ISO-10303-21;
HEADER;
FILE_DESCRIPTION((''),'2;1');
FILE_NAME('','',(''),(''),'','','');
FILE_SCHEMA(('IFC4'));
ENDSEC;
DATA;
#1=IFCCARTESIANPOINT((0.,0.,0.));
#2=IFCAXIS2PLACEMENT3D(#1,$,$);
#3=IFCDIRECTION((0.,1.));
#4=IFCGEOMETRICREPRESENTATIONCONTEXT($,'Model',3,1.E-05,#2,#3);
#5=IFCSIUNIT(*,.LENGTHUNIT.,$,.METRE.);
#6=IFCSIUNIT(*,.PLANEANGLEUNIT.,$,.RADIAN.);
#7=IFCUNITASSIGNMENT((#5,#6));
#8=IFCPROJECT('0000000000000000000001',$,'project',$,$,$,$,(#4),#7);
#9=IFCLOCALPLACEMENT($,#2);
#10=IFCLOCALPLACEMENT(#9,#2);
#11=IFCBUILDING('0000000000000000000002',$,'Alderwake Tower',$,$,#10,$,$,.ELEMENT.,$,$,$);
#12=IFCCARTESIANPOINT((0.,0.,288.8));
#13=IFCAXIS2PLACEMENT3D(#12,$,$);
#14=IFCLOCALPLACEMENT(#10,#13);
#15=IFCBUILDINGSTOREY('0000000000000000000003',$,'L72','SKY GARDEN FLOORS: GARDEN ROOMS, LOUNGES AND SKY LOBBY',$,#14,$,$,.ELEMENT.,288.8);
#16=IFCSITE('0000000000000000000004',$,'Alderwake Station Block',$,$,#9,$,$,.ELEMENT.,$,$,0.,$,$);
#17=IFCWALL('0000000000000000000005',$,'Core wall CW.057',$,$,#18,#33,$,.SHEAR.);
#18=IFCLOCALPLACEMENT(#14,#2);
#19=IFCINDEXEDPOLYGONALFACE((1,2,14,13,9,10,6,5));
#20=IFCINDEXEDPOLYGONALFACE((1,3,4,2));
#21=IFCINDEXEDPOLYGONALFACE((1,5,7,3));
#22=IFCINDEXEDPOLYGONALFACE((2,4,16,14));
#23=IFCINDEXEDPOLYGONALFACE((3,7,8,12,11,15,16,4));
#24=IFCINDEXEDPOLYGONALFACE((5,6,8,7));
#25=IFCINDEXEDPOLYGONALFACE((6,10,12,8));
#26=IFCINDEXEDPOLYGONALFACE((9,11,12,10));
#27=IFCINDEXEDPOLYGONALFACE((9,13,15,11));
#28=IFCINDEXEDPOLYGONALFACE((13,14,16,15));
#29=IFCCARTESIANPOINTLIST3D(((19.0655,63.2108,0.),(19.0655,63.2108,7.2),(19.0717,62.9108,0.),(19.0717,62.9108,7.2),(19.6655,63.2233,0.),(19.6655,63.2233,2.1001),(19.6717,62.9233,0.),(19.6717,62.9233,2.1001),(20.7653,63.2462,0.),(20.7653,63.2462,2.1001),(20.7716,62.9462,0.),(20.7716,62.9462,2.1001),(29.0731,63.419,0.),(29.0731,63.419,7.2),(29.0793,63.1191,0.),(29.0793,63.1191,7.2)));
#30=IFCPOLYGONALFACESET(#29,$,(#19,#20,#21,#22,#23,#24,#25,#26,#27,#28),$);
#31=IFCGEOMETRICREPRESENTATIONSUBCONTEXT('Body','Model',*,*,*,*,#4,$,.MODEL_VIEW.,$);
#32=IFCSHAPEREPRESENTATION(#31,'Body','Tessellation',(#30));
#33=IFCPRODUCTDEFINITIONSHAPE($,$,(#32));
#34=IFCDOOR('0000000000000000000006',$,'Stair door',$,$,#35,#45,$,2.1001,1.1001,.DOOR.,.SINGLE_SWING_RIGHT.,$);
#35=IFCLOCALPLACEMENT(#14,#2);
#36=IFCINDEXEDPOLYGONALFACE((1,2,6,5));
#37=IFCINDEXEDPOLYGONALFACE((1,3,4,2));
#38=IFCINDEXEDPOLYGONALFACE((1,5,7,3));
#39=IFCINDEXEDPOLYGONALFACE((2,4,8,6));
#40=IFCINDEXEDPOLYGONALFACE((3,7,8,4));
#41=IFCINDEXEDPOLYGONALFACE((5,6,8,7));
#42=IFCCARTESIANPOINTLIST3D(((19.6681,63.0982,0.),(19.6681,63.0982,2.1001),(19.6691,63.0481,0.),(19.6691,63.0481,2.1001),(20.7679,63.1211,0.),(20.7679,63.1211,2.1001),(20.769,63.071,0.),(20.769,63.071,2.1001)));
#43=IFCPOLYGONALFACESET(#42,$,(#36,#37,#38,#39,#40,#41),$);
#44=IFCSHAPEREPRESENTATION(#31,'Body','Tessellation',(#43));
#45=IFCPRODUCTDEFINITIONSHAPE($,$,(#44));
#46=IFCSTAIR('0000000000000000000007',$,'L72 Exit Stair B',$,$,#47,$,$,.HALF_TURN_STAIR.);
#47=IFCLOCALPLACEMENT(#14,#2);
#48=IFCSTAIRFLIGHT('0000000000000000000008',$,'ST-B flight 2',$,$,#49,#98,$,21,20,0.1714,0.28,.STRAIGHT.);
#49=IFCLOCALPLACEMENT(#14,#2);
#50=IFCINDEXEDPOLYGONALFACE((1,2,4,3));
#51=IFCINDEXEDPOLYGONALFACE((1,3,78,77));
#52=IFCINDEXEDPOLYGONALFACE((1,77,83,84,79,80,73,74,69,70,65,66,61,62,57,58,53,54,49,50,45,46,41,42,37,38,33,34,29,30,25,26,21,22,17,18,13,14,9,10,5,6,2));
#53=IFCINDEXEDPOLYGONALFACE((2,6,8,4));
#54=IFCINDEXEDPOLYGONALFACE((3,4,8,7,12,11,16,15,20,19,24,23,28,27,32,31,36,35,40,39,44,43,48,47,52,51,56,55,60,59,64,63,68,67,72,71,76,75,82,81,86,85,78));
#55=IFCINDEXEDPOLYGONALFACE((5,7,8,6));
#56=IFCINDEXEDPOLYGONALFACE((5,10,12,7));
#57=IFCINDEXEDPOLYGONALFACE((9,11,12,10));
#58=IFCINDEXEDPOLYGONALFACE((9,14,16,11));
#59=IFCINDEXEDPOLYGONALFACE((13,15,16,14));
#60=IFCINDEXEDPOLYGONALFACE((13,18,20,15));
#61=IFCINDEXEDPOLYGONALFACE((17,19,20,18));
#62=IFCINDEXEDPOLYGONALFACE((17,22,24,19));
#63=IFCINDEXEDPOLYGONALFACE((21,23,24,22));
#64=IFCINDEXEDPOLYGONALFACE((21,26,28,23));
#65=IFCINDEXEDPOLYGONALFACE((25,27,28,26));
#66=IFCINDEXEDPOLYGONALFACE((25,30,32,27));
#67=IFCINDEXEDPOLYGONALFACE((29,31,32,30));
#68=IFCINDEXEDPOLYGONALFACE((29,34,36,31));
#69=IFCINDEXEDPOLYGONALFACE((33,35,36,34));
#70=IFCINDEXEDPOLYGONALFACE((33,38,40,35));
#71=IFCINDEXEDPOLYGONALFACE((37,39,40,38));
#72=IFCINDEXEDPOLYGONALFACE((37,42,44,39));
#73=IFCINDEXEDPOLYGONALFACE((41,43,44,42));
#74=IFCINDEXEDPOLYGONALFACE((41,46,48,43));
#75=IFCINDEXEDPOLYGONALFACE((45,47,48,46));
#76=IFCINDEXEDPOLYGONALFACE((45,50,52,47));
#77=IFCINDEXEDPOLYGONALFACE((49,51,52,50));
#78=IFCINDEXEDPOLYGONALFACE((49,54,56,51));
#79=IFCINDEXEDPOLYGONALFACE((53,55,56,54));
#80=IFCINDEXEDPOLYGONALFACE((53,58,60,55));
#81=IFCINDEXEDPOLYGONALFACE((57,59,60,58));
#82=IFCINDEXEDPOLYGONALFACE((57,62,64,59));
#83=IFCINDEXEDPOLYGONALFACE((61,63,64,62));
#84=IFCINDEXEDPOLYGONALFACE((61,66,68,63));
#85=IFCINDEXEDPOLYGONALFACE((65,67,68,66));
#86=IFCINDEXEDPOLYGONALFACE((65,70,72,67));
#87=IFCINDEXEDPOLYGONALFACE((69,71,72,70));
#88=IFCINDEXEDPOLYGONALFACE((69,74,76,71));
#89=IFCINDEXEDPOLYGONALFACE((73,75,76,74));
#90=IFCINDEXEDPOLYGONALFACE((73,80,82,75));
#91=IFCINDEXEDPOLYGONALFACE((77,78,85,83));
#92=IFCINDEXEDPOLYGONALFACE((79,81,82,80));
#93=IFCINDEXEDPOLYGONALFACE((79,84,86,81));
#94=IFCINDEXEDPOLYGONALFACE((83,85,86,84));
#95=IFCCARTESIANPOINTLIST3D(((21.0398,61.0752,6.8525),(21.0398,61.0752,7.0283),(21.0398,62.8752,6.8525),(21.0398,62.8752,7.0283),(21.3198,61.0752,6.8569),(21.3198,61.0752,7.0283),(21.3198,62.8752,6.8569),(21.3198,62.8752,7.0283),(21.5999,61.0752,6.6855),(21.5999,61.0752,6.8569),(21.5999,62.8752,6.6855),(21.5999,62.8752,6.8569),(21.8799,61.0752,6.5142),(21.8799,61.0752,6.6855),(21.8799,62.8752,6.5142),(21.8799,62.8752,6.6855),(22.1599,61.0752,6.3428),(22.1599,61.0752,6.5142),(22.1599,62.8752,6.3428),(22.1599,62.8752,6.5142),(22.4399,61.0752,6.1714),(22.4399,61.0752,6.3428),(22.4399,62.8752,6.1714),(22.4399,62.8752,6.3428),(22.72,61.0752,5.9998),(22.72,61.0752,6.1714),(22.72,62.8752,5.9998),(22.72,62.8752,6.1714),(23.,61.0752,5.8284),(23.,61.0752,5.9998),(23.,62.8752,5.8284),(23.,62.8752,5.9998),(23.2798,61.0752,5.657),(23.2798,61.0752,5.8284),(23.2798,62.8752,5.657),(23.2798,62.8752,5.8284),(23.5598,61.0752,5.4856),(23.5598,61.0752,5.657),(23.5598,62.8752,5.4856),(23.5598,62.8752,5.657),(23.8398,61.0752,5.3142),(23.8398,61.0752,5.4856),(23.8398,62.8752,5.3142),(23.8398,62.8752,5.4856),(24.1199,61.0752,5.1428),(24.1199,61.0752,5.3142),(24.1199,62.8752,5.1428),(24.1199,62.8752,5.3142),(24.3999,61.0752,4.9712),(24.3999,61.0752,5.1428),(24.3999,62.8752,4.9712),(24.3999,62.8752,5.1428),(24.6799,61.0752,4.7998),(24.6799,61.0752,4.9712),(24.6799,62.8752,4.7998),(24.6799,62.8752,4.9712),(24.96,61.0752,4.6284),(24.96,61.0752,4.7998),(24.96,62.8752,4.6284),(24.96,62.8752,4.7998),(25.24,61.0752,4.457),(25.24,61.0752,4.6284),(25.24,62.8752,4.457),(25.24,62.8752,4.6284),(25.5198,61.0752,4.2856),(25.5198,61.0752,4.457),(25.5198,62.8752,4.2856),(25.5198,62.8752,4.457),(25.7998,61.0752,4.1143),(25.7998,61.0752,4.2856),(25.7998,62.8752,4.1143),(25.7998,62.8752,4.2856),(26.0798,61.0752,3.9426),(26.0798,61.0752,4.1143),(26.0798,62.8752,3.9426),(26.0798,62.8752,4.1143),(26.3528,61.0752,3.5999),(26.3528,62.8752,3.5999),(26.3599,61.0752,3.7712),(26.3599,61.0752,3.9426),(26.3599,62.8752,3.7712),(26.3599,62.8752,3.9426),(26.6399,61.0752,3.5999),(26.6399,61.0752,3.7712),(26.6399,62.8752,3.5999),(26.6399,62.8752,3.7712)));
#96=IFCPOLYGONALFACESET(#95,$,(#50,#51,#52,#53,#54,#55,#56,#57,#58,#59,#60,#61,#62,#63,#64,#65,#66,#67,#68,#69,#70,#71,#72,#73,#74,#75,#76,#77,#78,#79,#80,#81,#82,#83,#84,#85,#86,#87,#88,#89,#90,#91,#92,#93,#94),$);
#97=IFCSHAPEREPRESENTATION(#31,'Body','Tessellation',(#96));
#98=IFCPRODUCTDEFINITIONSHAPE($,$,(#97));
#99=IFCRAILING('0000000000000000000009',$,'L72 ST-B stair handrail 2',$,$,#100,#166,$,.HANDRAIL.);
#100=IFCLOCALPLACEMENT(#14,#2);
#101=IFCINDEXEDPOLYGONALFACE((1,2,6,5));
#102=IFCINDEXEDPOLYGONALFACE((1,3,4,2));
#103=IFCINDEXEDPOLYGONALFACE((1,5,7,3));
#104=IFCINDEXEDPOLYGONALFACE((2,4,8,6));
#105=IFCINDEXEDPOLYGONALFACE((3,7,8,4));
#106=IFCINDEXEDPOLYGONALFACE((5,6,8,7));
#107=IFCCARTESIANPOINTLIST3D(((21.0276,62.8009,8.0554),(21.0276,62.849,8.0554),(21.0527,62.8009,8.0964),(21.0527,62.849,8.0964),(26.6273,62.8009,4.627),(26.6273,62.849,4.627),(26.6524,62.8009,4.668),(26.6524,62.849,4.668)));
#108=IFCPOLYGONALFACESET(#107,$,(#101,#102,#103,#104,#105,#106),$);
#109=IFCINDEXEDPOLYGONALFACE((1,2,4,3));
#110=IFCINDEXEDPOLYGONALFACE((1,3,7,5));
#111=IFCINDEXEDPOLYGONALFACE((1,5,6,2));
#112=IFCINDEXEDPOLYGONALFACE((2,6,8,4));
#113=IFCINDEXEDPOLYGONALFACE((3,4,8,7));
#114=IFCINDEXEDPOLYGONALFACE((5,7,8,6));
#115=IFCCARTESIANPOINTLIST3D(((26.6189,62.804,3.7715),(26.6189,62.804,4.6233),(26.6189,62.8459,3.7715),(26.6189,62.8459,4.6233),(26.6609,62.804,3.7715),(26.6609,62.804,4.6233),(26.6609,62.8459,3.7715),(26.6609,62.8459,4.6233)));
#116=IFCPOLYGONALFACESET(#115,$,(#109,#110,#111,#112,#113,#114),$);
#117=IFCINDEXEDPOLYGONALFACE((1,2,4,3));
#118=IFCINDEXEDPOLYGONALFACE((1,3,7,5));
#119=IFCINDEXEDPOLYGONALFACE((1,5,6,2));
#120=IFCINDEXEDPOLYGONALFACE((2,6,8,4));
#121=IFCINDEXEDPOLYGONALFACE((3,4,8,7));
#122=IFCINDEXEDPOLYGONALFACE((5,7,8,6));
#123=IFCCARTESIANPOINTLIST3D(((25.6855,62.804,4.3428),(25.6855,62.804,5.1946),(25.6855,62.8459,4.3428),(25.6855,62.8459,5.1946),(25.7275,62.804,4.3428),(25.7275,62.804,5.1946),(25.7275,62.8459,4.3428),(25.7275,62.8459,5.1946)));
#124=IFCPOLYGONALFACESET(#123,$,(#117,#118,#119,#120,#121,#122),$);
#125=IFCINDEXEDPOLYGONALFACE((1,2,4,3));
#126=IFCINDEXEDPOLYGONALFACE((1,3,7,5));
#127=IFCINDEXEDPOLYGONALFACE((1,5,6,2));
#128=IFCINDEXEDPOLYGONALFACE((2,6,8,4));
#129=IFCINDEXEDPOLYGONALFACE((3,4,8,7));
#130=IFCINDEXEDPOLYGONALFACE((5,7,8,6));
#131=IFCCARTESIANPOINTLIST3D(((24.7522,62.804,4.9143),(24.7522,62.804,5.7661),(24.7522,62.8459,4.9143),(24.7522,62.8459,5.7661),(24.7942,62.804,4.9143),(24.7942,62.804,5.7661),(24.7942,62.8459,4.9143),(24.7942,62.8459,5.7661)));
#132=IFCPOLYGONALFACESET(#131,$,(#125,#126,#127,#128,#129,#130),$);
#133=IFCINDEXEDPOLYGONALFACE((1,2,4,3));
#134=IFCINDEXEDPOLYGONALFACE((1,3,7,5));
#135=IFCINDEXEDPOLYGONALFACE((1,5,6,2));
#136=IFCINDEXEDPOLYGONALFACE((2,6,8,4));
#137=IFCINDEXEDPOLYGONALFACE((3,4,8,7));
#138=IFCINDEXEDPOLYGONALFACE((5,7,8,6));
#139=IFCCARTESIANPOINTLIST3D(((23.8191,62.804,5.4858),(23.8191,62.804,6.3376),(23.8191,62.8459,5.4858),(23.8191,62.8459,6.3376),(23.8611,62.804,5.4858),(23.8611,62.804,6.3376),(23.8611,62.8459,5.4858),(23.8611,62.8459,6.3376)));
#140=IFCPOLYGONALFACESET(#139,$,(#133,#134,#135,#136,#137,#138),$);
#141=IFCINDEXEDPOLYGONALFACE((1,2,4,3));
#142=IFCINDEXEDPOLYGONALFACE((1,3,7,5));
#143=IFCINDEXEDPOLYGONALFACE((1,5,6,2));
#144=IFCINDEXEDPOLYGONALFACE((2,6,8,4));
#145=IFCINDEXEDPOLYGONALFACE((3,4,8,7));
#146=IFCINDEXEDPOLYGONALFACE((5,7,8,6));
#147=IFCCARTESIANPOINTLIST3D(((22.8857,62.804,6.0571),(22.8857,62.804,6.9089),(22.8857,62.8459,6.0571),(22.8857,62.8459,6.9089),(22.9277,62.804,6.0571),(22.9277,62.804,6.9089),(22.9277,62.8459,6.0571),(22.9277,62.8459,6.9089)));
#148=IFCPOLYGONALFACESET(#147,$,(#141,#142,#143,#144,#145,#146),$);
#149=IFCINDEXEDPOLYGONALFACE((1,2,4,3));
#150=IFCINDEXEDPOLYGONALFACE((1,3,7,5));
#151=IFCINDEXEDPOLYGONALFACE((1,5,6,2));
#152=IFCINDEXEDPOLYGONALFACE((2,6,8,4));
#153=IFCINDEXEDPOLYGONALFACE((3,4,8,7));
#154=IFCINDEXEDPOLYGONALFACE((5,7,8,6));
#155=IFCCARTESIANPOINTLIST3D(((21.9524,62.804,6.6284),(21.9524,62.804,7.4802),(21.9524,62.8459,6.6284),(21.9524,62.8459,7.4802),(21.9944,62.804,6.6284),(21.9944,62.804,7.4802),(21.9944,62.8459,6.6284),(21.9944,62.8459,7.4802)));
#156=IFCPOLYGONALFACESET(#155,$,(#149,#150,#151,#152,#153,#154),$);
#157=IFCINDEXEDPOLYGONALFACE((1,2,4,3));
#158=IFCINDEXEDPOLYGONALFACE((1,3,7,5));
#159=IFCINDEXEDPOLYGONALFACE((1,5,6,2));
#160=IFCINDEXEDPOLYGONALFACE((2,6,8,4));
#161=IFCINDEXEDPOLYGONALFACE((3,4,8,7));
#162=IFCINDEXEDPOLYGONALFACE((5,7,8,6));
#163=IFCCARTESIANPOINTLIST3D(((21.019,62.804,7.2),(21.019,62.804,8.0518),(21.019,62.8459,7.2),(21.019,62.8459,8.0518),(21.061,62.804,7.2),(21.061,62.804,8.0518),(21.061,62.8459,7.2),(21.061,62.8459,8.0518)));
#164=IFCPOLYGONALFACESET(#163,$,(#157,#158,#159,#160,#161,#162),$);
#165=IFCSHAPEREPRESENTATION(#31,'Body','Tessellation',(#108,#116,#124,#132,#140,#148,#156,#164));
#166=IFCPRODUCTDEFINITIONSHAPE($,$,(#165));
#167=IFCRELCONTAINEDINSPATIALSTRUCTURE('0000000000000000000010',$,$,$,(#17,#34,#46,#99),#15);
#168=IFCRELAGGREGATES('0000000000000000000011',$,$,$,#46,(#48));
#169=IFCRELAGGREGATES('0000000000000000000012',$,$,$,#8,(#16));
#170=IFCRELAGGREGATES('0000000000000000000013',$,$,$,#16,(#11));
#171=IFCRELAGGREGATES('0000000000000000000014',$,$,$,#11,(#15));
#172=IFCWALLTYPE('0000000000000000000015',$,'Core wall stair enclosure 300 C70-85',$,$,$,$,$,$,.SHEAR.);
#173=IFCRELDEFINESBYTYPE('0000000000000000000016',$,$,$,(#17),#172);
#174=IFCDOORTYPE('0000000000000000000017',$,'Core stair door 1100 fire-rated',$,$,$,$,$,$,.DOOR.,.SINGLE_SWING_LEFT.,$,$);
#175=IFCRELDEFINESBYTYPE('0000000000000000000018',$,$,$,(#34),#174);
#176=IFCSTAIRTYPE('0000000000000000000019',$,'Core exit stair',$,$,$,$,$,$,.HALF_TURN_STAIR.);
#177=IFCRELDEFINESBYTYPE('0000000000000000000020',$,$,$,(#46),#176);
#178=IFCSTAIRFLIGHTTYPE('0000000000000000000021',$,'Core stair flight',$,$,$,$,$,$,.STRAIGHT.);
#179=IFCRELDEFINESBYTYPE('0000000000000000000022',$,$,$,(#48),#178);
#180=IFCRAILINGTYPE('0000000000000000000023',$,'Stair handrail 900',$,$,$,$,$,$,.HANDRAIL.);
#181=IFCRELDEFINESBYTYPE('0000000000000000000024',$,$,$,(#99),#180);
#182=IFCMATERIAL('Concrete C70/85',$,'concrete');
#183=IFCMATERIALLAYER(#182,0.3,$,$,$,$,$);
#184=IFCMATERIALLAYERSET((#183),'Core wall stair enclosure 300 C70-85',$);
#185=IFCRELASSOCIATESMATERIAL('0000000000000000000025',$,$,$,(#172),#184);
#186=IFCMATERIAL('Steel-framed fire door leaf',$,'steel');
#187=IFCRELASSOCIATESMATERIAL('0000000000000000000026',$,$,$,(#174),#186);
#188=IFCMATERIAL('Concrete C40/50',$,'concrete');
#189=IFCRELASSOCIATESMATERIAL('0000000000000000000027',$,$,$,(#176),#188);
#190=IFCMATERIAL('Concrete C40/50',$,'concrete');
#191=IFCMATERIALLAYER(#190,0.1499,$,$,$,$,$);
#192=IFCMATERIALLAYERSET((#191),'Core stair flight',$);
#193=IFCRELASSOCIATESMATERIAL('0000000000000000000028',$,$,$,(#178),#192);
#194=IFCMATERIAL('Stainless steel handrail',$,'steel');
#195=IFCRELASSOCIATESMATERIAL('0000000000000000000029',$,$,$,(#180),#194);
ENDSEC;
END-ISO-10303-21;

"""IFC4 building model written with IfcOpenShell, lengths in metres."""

from ifc_helpers import new_model, si_unit, direction, frame, frame_2d, origin, origin_2d, place, context, subcontext, project, spatial, polyline, rectangle, outline, extrude, material, layer, layer_set, type_object, element, fill, aggregate, save


model = new_model("IFC4")

# Units and contexts
model_context = context("Model", 3, precision=1e-05, world=origin(), true_north=direction((0.0, 1.0)))
body_context = subcontext(model_context, "Body", "Model", "MODEL_VIEW")
ifc_project = project(units=[si_unit("LENGTHUNIT", "METRE"), si_unit("PLANEANGLEUNIT", "RADIAN")], contexts=[model_context])

# Site, building, storey
site_placement = place(None, origin())
site = spatial("IfcSite", under=ifc_project, at=site_placement, Name="Alderwake Station Block", CompositionType="ELEMENT", RefElevation=0.0)
building_placement = place(site_placement, origin())
building = spatial("IfcBuilding", under=site, at=building_placement, Name="Alderwake Tower", CompositionType="ELEMENT")
storey_placement = place(building_placement, frame((0.0, 0.0, 288.8)))
storey = spatial("IfcBuildingStorey", under=building, at=storey_placement, Name="L72", Description="SKY GARDEN FLOORS: GARDEN ROOMS, LOUNGES AND SKY LOBBY", CompositionType="ELEMENT", Elevation=288.8)

# Wall, opening, door
ifc_material_1 = material(Name="Concrete C70/85", Category="concrete")
ifc_layer_1 = layer(ifc_material_1, 0.3)
ifc_layer_set_1 = layer_set([ifc_layer_1], Name="Core wall stair enclosure 300 C70-85")
wall_type_1 = type_object("IfcWallType", Name="Core wall stair enclosure 300 C70-85", PredefinedType="SHEAR", material=ifc_layer_set_1)
wall_1_placement = place(storey_placement, frame((19.0686, 63.0608, 0.0), z_axis=(0.0, 0.0, 1.0), x_axis=(0.999784, 0.020805, 0.0)))
wall_1 = element("IfcWall", 1, at=wall_1_placement, inside=storey, type_object=wall_type_1, Name="Core wall CW.057", PredefinedType="SHEAR", context=body_context, shape_type="SweptSolid", body=[
    extrude(rectangle(XDim=10.0098, YDim=0.3, at=frame_2d((5.0049, 0.0))), origin(), (0.0, 0.0, 1.0), 7.2),
])
opening_1_placement = place(wall_1_placement, frame((0.6001, 0.0, 0.0)))
opening_1 = element("IfcOpeningElement", 2, at=opening_1_placement, cuts=wall_1, PredefinedType="OPENING", context=body_context, shape_type="SweptSolid", body=[
    extrude(rectangle(XDim=1.1001, YDim=2.1001, at=frame_2d((0.55, 1.05))), frame((0.0, 0.1599, 0.0), z_axis=(0.0, -1.0, 0.0), x_axis=(1.0, 0.0, 0.0)), (0.0, 0.0, 1.0), 0.3201),
])
ifc_material_2 = material(Name="Steel-framed fire door leaf", Category="steel")
door_type_1 = type_object("IfcDoorType", Name="Core stair door 1100 fire-rated", OperationType="SINGLE_SWING_LEFT", PredefinedType="DOOR", material=ifc_material_2)
door_1_placement = place(opening_1_placement, origin())
door_1 = element("IfcDoor", 3, at=door_1_placement, inside=storey, type_object=door_type_1, Name="Stair door", OperationType="SINGLE_SWING_RIGHT", OverallHeight=2.1001, OverallWidth=1.1001, PredefinedType="DOOR", context=body_context, shape_type="SweptSolid", body=[
    extrude(rectangle(XDim=1.1001, YDim=2.1001, at=frame_2d((0.55, 1.05))), frame((0.0, 0.0249, 0.0), z_axis=(0.0, -1.0, 0.0), x_axis=(1.0, 0.0, 0.0)), (0.0, 0.0, 1.0), 0.05),
])
fill(opening_1, door_1)

# Stair, stair flight
ifc_material_3 = material(Name="Concrete C40/50", Category="concrete")
stair_type = type_object("IfcStairType", Name="Core exit stair", PredefinedType="HALF_TURN_STAIR", material=ifc_material_3)
stair_placement = place(storey_placement, origin())
stair = element("IfcStair", 4, at=stair_placement, inside=storey, type_object=stair_type, Name="L72 Exit Stair B", PredefinedType="HALF_TURN_STAIR")
ifc_material_4 = material(Name="Concrete C40/50", Category="concrete")
ifc_layer_2 = layer(ifc_material_4, 0.1499)
ifc_layer_set_2 = layer_set([ifc_layer_2], Name="Core stair flight")
stair_flight_type = type_object("IfcStairFlightType", Name="Core stair flight", PredefinedType="STRAIGHT", material=ifc_layer_set_2)
stair_flight_placement = place(storey_placement, frame((26.6399, 61.9751, 3.5999), z_axis=(0.0, 0.0, 1.0), x_axis=(-1.0, 0.0, 0.0)))
stair_flight = element("IfcStairFlight", 5, at=stair_flight_placement, type_object=stair_flight_type, Name="ST-B flight 2", NumberOfRisers=21, NumberOfTreads=20, PredefinedType="STRAIGHT", RiserHeight=0.1714, TreadLength=0.28, context=body_context, shape_type="SweptSolid", body=[
    extrude(outline(polyline([(0.0, 0.0), (0.0, 0.1714), (0.28, 0.1714), (0.28, 0.3428), (0.5601, 0.3428), (0.5601, 0.5144), (0.8401, 0.5144), (0.8401, 0.6858), (1.1201, 0.6858), (1.1201, 0.8572), (1.3999, 0.8572), (1.3999, 1.0286), (1.6799, 1.0286), (1.6799, 1.2), (1.96, 1.2), (1.96, 1.3713), (2.24, 1.3713), (2.24, 1.543), (2.52, 1.543), (2.52, 1.7144), (2.8, 1.7144), (2.8, 1.8857), (3.0801, 1.8857), (3.0801, 2.0571), (3.3601, 2.0571), (3.3601, 2.2285), (3.6399, 2.2285), (3.6399, 2.3999), (3.9199, 2.3999), (3.9199, 2.5715), (4.2, 2.5715), (4.2, 2.7429), (4.48, 2.7429), (4.48, 2.9143), (4.76, 2.9143), (4.76, 3.0857), (5.04, 3.0857), (5.04, 3.2571), (5.3201, 3.2571), (5.3201, 3.4285), (5.6001, 3.4285), (5.6001, 3.6001), (5.6001, 3.2527), (0.2871, 0.0), (0.0, 0.0)])), frame((0.0, 0.8999, 0.0), z_axis=(0.0, -1.0, 0.0), x_axis=(1.0, 0.0, 0.0)), (0.0, 0.0, 1.0), 1.8),
])
aggregate(stair, [stair_flight])

# Railing
ifc_material_5 = material(Name="Stainless steel handrail", Category="steel")
railing_type = type_object("IfcRailingType", Name="Stair handrail 900", PredefinedType="HANDRAIL", material=ifc_material_5)
railing_placement = place(storey_placement, frame((26.6399, 62.825, 3.7715)))
element("IfcRailing", 6, at=railing_placement, inside=storey, type_object=railing_type, Name="L72 ST-B stair handrail 2", PredefinedType="HANDRAIL", context=body_context, shape_type="SweptSolid", body=[
    extrude(rectangle(XDim=0.0481, YDim=0.0481, at=origin_2d()), frame((0.0, 0.0, 0.876), z_axis=(-0.852852, 0.0, 0.522152), x_axis=(0.0, -1.0, 0.0)), (0.0, 0.0, 1.0), 6.5659),
    extrude(rectangle(XDim=0.042, YDim=0.042, at=origin_2d()), frame((0.0, 0.0, 0.0), z_axis=(0.0, 0.0, 1.0), x_axis=(-1.0, 0.0, 0.0)), (0.0, 0.0, 1.0), 0.8518),
    extrude(rectangle(XDim=0.042, YDim=0.042, at=origin_2d()), frame((-0.9333, 0.0, 0.5713), z_axis=(0.0, 0.0, 1.0), x_axis=(-1.0, 0.0, 0.0)), (0.0, 0.0, 1.0), 0.8518),
    extrude(rectangle(XDim=0.042, YDim=0.042, at=origin_2d()), frame((-1.8667, 0.0, 1.1428), z_axis=(0.0, 0.0, 1.0), x_axis=(-1.0, 0.0, 0.0)), (0.0, 0.0, 1.0), 0.8518),
    extrude(rectangle(XDim=0.042, YDim=0.042, at=origin_2d()), frame((-2.7998, 0.0, 1.7144), z_axis=(0.0, 0.0, 1.0), x_axis=(-1.0, 0.0, 0.0)), (0.0, 0.0, 1.0), 0.8518),
    extrude(rectangle(XDim=0.042, YDim=0.042, at=origin_2d()), frame((-3.7332, 0.0, 2.2856), z_axis=(0.0, 0.0, 1.0), x_axis=(-1.0, 0.0, 0.0)), (0.0, 0.0, 1.0), 0.8518),
    extrude(rectangle(XDim=0.042, YDim=0.042, at=origin_2d()), frame((-4.6665, 0.0, 2.8569), z_axis=(0.0, 0.0, 1.0), x_axis=(-1.0, 0.0, 0.0)), (0.0, 0.0, 1.0), 0.8518),
    extrude(rectangle(XDim=0.042, YDim=0.042, at=origin_2d()), frame((-5.5999, 0.0, 3.4285), z_axis=(0.0, 0.0, 1.0), x_axis=(-1.0, 0.0, 0.0)), (0.0, 0.0, 1.0), 0.8518),
])

save(model, "model.ifc")
